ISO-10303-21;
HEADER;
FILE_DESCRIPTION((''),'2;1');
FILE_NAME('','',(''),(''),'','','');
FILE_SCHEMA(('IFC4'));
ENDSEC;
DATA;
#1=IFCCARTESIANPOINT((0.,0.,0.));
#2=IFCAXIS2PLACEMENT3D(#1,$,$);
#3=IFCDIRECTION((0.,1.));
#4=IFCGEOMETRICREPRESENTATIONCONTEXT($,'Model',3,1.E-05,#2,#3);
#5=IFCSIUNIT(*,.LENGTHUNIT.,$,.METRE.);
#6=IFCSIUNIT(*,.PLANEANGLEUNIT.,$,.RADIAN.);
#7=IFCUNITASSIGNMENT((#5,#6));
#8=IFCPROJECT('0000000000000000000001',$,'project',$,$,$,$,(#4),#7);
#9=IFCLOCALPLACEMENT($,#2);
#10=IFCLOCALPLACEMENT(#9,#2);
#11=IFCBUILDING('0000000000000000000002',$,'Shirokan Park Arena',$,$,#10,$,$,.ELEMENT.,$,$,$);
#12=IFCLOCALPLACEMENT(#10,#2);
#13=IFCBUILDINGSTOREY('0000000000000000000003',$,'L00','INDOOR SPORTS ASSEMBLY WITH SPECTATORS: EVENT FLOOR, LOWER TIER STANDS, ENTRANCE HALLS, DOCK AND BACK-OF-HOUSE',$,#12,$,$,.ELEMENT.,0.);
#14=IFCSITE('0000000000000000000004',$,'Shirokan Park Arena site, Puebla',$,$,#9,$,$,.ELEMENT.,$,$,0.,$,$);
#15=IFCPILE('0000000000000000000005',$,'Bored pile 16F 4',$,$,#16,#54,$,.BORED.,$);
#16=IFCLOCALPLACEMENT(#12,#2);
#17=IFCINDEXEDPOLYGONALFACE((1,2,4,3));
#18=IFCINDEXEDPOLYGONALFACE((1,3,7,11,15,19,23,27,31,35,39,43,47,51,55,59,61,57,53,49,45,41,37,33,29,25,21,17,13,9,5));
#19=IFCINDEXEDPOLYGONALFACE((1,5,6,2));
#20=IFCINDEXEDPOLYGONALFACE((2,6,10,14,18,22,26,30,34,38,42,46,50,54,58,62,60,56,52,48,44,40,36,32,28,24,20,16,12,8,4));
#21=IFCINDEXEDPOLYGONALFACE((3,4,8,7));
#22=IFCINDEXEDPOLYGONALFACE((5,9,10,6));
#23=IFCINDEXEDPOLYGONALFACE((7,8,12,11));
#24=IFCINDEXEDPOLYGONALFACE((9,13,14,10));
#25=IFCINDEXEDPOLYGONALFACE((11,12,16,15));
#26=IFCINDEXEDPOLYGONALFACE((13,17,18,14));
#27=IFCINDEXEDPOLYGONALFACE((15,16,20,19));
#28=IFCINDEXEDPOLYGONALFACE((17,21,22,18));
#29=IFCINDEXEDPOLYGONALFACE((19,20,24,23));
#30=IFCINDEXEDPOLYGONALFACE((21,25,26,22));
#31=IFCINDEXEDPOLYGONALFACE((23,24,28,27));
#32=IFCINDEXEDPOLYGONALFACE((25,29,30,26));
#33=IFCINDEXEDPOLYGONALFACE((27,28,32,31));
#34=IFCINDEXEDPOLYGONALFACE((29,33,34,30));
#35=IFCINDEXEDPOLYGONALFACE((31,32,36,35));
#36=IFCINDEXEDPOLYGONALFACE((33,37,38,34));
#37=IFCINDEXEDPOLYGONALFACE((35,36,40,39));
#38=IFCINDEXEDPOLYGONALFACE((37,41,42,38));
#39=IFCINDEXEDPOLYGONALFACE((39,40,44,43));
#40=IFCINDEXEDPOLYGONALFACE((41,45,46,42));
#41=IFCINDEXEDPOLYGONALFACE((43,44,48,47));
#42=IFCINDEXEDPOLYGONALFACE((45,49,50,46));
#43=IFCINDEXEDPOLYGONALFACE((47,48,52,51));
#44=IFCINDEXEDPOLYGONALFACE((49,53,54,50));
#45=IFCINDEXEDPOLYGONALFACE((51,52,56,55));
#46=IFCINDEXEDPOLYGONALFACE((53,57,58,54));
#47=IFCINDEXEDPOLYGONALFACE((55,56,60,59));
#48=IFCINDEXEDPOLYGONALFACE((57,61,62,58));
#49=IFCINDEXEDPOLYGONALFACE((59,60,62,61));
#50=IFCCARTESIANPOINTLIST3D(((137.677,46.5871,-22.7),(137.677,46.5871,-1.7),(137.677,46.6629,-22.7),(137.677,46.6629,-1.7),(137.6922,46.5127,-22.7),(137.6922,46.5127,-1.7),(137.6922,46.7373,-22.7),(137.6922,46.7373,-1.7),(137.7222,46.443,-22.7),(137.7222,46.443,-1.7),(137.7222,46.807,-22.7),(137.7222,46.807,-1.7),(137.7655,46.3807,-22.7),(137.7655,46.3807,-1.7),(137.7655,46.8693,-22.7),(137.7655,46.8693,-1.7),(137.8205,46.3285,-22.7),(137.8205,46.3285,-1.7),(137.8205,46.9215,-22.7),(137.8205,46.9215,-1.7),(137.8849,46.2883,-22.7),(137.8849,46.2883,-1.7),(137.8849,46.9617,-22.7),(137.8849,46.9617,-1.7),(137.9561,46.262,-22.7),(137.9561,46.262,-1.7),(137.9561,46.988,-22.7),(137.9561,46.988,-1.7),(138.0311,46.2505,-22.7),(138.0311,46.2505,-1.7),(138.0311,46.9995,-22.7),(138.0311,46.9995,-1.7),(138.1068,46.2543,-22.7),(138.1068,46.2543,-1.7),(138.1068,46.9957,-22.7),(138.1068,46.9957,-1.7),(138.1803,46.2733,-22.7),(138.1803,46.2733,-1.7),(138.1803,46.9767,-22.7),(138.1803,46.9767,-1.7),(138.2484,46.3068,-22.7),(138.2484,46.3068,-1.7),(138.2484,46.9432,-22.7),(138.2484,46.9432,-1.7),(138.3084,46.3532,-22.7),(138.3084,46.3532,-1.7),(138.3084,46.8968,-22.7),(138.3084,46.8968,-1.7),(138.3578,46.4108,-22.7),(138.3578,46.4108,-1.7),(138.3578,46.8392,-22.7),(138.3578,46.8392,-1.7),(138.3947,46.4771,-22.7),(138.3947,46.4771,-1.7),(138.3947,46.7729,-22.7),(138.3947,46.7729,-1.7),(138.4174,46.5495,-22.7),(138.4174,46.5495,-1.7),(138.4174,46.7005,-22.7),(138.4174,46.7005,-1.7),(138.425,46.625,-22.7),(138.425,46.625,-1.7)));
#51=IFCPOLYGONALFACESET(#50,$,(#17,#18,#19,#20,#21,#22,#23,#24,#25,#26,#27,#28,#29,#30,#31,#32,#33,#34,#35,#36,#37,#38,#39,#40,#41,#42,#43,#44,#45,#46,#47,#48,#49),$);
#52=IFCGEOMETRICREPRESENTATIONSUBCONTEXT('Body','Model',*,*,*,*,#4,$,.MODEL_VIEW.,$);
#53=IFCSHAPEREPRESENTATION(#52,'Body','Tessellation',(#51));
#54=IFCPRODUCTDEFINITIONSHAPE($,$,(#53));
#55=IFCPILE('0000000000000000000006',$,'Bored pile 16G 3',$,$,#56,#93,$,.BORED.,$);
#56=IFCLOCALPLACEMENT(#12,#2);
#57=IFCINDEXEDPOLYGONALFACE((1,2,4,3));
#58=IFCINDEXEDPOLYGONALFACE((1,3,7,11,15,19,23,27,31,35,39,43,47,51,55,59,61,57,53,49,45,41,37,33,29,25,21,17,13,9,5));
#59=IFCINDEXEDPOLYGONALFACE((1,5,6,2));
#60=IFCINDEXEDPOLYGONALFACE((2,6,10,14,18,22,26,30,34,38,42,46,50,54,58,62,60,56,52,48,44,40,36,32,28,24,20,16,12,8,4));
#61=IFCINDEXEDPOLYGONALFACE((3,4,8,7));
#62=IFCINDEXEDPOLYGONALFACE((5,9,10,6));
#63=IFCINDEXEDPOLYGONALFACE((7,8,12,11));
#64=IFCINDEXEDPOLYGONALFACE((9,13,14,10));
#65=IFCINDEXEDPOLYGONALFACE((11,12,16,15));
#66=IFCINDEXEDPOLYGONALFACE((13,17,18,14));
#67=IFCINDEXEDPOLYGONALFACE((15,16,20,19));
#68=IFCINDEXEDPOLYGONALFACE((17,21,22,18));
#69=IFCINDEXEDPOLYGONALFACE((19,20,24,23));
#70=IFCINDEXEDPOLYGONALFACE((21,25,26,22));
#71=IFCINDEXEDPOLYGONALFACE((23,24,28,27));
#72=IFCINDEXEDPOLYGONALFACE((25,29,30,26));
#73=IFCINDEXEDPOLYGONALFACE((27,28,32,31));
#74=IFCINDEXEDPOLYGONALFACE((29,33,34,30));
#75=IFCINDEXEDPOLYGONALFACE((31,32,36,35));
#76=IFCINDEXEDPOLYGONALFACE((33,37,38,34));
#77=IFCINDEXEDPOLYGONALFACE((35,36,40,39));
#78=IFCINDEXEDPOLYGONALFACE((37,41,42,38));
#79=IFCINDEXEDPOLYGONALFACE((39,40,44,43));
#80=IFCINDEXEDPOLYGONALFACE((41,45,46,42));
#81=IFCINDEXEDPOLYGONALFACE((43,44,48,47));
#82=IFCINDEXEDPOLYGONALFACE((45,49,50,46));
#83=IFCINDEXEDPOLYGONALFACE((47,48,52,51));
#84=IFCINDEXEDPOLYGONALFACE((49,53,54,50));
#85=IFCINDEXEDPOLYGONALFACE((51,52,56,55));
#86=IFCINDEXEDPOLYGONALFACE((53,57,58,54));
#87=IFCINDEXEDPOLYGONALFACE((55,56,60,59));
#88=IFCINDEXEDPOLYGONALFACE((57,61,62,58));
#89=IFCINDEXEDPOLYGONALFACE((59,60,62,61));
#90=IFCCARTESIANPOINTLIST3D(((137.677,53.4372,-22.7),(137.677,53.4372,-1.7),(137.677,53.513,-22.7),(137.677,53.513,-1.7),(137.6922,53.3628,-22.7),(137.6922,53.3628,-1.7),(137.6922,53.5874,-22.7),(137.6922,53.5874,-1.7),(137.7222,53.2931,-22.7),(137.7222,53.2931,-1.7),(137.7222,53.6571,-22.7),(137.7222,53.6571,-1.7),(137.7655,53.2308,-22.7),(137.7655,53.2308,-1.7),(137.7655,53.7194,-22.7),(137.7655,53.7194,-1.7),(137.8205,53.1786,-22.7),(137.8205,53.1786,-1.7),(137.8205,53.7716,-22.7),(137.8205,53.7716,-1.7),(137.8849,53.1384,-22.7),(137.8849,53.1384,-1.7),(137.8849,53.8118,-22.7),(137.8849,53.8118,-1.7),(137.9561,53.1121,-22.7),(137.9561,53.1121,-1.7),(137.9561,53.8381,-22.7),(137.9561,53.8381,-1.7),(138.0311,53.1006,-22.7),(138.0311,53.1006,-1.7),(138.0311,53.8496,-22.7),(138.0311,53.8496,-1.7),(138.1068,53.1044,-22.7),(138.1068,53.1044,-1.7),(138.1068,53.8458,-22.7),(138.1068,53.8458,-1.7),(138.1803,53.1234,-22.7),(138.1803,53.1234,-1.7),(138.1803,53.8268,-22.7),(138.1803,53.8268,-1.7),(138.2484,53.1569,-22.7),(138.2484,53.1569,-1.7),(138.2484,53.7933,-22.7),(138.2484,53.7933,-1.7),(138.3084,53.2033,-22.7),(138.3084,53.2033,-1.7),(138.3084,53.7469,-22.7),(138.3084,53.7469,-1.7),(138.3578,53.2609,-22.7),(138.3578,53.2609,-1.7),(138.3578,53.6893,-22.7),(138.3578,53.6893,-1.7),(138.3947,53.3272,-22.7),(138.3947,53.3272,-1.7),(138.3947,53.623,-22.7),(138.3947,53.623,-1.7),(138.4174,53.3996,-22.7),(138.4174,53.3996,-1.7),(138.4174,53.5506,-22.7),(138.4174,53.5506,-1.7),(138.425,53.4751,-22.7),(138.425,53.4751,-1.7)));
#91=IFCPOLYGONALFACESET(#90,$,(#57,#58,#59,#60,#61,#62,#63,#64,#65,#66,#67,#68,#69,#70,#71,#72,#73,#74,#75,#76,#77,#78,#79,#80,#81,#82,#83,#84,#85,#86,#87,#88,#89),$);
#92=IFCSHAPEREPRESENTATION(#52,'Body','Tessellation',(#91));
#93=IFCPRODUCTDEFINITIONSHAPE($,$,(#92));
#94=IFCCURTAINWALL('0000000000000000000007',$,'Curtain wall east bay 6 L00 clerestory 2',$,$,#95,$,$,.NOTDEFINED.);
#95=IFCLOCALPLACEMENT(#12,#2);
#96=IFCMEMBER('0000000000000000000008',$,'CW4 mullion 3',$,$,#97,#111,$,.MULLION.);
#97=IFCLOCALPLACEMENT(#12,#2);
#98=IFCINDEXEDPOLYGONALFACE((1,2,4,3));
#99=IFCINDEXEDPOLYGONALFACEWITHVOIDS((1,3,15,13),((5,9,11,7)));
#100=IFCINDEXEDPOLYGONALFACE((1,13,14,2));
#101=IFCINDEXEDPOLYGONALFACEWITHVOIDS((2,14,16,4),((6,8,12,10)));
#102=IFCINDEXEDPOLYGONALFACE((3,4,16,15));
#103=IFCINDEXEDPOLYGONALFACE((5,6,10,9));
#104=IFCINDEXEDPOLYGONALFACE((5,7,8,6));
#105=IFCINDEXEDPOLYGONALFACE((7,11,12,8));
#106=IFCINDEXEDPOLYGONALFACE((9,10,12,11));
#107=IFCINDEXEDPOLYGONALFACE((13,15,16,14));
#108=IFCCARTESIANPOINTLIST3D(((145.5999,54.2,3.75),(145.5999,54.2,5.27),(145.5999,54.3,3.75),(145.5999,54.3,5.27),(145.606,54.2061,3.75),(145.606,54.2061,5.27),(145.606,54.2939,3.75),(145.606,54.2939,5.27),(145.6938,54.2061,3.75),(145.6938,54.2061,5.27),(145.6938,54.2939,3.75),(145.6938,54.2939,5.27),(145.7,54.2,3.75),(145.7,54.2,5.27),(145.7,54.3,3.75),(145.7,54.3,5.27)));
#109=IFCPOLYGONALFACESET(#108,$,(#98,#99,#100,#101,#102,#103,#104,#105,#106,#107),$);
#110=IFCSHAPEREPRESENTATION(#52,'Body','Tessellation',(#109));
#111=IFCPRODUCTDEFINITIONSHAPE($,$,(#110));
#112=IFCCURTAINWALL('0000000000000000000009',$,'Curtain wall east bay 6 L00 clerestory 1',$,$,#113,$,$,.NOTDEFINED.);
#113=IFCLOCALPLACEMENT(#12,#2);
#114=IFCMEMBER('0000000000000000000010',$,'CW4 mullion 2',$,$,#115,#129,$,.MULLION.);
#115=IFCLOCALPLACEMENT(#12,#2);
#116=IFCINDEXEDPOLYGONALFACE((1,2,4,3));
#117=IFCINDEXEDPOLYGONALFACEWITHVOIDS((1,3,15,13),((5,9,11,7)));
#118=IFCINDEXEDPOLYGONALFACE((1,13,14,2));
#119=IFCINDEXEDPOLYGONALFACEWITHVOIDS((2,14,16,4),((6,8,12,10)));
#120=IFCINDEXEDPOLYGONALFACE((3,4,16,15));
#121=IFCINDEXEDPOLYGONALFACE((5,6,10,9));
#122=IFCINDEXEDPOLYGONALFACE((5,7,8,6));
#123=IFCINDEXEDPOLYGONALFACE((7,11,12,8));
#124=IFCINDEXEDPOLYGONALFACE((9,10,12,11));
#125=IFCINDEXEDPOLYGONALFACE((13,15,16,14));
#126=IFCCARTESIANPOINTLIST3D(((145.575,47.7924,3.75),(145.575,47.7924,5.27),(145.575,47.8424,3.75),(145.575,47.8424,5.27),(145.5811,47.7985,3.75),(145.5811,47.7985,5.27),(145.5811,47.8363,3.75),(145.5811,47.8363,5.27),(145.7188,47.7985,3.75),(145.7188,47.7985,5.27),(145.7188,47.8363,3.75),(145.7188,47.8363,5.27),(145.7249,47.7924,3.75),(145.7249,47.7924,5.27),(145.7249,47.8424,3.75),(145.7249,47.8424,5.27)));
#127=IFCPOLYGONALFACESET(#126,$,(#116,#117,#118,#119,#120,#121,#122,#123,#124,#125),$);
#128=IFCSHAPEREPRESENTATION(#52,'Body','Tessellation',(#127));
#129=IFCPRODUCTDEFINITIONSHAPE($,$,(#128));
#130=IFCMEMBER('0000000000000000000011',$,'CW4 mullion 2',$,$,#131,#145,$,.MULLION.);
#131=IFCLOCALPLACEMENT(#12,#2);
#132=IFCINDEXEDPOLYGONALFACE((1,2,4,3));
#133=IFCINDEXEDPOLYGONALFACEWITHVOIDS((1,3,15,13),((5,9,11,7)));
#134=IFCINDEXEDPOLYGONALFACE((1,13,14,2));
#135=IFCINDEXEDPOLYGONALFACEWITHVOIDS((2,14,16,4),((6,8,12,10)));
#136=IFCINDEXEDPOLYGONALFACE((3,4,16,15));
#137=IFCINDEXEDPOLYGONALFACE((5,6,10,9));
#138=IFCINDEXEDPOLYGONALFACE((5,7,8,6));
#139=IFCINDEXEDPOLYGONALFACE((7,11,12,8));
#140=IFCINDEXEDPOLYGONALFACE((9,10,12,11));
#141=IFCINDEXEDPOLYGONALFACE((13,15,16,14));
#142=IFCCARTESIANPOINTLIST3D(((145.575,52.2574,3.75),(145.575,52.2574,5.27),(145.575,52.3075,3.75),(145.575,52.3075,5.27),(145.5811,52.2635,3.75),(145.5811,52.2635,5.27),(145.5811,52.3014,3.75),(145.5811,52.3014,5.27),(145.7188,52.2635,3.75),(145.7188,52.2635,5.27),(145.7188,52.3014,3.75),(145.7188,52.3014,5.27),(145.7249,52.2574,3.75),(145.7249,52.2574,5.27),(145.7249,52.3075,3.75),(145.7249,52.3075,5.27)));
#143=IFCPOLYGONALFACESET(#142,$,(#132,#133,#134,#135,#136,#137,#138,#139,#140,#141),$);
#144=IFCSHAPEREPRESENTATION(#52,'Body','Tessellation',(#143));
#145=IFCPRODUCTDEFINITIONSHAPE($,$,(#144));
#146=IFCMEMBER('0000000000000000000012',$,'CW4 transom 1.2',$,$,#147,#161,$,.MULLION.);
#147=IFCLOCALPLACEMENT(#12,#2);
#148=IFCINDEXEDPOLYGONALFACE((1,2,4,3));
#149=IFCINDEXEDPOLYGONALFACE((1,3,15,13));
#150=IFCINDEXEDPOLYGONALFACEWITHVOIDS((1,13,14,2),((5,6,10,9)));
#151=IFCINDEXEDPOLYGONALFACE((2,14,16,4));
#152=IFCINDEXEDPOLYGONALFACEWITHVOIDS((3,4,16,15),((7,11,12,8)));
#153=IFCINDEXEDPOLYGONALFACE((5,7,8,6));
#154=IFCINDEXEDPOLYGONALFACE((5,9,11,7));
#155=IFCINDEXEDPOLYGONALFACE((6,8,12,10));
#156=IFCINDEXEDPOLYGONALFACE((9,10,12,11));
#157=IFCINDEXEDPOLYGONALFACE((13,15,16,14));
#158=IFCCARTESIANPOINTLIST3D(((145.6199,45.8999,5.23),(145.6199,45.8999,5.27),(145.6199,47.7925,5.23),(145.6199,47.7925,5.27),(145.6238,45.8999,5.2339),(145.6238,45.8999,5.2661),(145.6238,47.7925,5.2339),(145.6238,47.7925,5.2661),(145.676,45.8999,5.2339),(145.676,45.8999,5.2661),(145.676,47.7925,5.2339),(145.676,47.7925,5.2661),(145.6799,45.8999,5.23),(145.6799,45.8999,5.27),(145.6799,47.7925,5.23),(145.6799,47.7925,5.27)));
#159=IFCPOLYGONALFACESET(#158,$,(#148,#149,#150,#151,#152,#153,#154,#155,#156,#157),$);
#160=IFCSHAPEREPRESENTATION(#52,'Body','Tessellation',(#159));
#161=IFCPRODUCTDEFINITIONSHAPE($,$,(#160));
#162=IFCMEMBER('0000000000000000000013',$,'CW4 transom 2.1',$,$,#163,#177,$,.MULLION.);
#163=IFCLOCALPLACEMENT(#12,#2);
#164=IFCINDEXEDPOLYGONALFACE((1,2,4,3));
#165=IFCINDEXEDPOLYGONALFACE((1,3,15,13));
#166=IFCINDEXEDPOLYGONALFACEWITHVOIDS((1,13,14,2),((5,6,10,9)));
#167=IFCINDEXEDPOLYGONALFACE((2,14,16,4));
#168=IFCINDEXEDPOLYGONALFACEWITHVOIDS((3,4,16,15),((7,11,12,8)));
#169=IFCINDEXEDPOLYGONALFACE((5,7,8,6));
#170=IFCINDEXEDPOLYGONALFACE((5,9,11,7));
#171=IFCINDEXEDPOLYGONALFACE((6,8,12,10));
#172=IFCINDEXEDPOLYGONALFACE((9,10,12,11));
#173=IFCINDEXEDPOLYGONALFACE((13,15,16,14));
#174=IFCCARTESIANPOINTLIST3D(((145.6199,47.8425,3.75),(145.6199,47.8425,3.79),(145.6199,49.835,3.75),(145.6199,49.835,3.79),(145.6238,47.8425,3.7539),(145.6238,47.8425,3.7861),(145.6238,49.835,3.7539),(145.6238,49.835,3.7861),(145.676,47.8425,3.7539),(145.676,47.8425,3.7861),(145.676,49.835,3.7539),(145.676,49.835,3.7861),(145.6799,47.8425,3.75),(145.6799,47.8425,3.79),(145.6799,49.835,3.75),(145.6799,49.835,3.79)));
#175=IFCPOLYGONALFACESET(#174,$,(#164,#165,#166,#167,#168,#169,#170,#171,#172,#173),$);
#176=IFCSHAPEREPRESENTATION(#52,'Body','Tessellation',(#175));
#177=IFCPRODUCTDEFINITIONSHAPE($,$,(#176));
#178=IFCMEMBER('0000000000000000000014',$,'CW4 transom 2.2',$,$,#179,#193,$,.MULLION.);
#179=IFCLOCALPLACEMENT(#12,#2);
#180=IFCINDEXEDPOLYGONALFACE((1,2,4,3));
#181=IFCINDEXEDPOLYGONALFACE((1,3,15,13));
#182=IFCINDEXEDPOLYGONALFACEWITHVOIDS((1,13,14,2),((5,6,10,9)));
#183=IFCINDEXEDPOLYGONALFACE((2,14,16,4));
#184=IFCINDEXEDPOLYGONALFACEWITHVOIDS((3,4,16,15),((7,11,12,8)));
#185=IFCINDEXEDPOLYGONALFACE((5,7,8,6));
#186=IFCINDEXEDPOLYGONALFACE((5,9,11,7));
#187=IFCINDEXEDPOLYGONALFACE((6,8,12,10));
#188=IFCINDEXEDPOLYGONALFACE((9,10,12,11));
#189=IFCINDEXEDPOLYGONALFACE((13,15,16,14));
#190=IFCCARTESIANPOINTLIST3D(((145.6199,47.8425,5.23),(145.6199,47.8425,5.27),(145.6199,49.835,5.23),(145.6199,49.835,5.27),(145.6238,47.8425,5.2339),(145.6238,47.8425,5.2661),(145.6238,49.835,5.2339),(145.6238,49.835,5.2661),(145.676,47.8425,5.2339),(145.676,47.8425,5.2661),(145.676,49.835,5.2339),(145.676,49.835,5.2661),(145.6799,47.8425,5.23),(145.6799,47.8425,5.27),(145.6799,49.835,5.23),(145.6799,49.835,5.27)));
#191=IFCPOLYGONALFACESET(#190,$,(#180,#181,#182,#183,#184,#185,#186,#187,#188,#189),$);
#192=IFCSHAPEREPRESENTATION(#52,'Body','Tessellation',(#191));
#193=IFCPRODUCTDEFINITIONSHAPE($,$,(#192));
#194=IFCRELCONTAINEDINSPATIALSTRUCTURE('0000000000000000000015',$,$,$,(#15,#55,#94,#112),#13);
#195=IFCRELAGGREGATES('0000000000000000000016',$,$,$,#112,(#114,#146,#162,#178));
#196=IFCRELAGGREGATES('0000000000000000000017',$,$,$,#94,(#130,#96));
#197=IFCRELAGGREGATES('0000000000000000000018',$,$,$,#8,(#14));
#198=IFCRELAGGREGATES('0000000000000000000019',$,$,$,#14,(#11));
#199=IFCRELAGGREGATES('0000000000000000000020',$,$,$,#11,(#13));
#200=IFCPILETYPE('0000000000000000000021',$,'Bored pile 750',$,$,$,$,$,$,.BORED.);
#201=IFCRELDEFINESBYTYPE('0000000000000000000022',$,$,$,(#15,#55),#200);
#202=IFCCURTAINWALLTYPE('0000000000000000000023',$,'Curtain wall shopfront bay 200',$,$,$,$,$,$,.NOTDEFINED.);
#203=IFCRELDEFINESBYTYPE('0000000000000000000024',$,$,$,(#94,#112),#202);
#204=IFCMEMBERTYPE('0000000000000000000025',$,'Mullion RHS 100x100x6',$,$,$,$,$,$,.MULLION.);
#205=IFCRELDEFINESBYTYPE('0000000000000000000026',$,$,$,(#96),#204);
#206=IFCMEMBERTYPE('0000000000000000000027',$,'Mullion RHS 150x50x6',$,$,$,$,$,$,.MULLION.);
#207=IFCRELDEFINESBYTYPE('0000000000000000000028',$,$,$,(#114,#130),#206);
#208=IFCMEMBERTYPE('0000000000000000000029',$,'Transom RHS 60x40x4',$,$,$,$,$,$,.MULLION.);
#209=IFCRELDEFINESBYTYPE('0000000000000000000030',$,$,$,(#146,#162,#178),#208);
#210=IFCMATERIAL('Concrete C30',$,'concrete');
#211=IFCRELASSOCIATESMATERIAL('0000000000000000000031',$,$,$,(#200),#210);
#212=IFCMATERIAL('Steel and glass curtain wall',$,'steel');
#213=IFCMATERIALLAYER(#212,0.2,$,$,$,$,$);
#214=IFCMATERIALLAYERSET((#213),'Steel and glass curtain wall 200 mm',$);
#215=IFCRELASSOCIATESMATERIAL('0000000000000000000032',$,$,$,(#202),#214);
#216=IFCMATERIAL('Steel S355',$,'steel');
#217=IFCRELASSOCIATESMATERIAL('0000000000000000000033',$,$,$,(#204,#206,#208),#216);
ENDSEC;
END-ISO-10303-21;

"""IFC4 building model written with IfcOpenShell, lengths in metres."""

from ifc_helpers import new_model, si_unit, direction, frame, origin, origin_2d, place, context, subcontext, project, spatial, hollow_rectangle, circle, extrude, material, layer, layer_set, material_profile, profile_set, type_object, element, aggregate, save


model = new_model("IFC4")

# Units and contexts
model_context = context("Model", 3, precision=1e-05, world=origin(), true_north=direction((0.0, 1.0)))
body_context = subcontext(model_context, "Body", "Model", "MODEL_VIEW")
ifc_project = project(units=[si_unit("LENGTHUNIT", "METRE"), si_unit("PLANEANGLEUNIT", "RADIAN")], contexts=[model_context])

# Site, building, storey
site_placement = place(None, origin())
site = spatial("IfcSite", under=ifc_project, at=site_placement, Name="Shirokan Park Arena site, Puebla", CompositionType="ELEMENT", RefElevation=0.0)
building_placement = place(site_placement, origin())
building = spatial("IfcBuilding", under=site, at=building_placement, Name="Shirokan Park Arena", CompositionType="ELEMENT")
storey_placement = place(building_placement, origin())
storey = spatial("IfcBuildingStorey", under=building, at=storey_placement, Name="L00", Description="INDOOR SPORTS ASSEMBLY WITH SPECTATORS: EVENT FLOOR, LOWER TIER STANDS, ENTRANCE HALLS, DOCK AND BACK-OF-HOUSE", CompositionType="ELEMENT", Elevation=0.0)

# Piles
ifc_material_1 = material(Name="Concrete C30", Category="concrete")
ifc_material_profile_1 = material_profile(ifc_material_1, circle(Radius=0.375, at=origin_2d()), Name="D750")
ifc_profile_set_1 = profile_set([ifc_material_profile_1], Name="Concrete C30")
pile_type = type_object("IfcPileType", Name="Bored pile 750", PredefinedType="BORED", material=ifc_profile_set_1)
for number, where, z_axis, x_axis, name in (
    (1, (138.05, 46.625, -1.7), (0.0, 0.0, -1.0), (1.0, 0.0, 0.0), "Bored pile 16F 4"),
    (2, (138.05, 53.4751, -1.7), (0.0, 0.0, -1.0), (1.0, 0.0, 0.0), "Bored pile 16G 3"),
):
    element("IfcPile", number, at=place(storey_placement, frame(where, z_axis=z_axis, x_axis=x_axis)), inside=storey, type_object=pile_type, Name=name, PredefinedType="BORED", context=body_context, shape_type="SweptSolid", body=[
        extrude(circle(Radius=0.375, at=origin_2d()), origin(), (0.0, 0.0, 1.0), 21.0),
    ])

# Curtain walls, members
ifc_material_2 = material(Name="Steel and glass curtain wall", Category="steel")
ifc_layer_1 = layer(ifc_material_2, 0.2)
ifc_layer_set_1 = layer_set([ifc_layer_1], Name="Steel and glass curtain wall 200 mm")
curtain_wall_type = type_object("IfcCurtainWallType", Name="Curtain wall shopfront bay 200", PredefinedType="NOTDEFINED", material=ifc_layer_set_1)
curtain_wall_1_placement = place(storey_placement, origin())
curtain_wall_1 = element("IfcCurtainWall", 3, at=curtain_wall_1_placement, inside=storey, type_object=curtain_wall_type, Name="Curtain wall east bay 6 L00 clerestory 2", PredefinedType="NOTDEFINED")
ifc_material_3 = material(Name="Steel S355", Category="steel")
ifc_material_profile_2 = material_profile(ifc_material_3, hollow_rectangle(XDim=0.1001, YDim=0.1001, WallThickness=0.0061, at=origin_2d()), Name="RHS 100x100x6")
ifc_profile_set_2 = profile_set([ifc_material_profile_2], Name="Steel S355")
member_type_1 = type_object("IfcMemberType", Name="Mullion RHS 100x100x6", PredefinedType="MULLION", material=ifc_profile_set_2)
member_1_placement = place(storey_placement, frame((145.6499, 54.25, 3.75), z_axis=(0.0, 0.0, 1.0), x_axis=(-1.0, 0.0, 0.0)))
member_1 = element("IfcMember", 4, at=member_1_placement, type_object=member_type_1, Name="CW4 mullion 3", PredefinedType="MULLION", context=body_context, shape_type="SweptSolid", body=[
    extrude(hollow_rectangle(XDim=0.1001, YDim=0.1001, WallThickness=0.0061, at=origin_2d()), origin(), (0.0, 0.0, 1.0), 1.52),
])
curtain_wall_2_placement = place(storey_placement, origin())
curtain_wall_2 = element("IfcCurtainWall", 5, at=curtain_wall_2_placement, inside=storey, type_object=curtain_wall_type, Name="Curtain wall east bay 6 L00 clerestory 1", PredefinedType="NOTDEFINED")
ifc_material_profile_3 = material_profile(ifc_material_3, hollow_rectangle(XDim=0.1499, YDim=0.05, WallThickness=0.0061, at=origin_2d()), Name="RHS 150x50x6")
ifc_profile_set_3 = profile_set([ifc_material_profile_3], Name="Steel S355")
member_type_2 = type_object("IfcMemberType", Name="Mullion RHS 150x50x6", PredefinedType="MULLION", material=ifc_profile_set_3)
member_2_placement = place(storey_placement, frame((145.6499, 47.8174, 3.75), z_axis=(0.0, 0.0, 1.0), x_axis=(-1.0, 0.0, 0.0)))
member_2 = element("IfcMember", 6, at=member_2_placement, type_object=member_type_2, Name="CW4 mullion 2", PredefinedType="MULLION", context=body_context, shape_type="SweptSolid", body=[
    extrude(hollow_rectangle(XDim=0.1499, YDim=0.05, WallThickness=0.0061, at=origin_2d()), origin(), (0.0, 0.0, 1.0), 1.52),
])

# Members
member_3_placement = place(storey_placement, frame((145.6499, 52.2825, 3.75), z_axis=(0.0, 0.0, 1.0), x_axis=(-1.0, 0.0, 0.0)))
member_3 = element("IfcMember", 7, at=member_3_placement, type_object=member_type_2, Name="CW4 mullion 2", PredefinedType="MULLION", context=body_context, shape_type="SweptSolid", body=[
    extrude(hollow_rectangle(XDim=0.1499, YDim=0.05, WallThickness=0.0061, at=origin_2d()), origin(), (0.0, 0.0, 1.0), 1.52),
])
ifc_material_profile_4 = material_profile(ifc_material_3, hollow_rectangle(XDim=0.0601, YDim=0.04, WallThickness=0.0039, at=origin_2d()), Name="RHS 60x40x4")
ifc_profile_set_4 = profile_set([ifc_material_profile_4], Name="Steel S355")
member_type_3 = type_object("IfcMemberType", Name="Transom RHS 60x40x4", PredefinedType="MULLION", material=ifc_profile_set_4)
member_4_placement = place(storey_placement, frame((145.6499, 45.8999, 5.25), z_axis=(0.0, 1.0, 0.0), x_axis=(-1.0, 0.0, 0.0)))
member_4 = element("IfcMember", 8, at=member_4_placement, type_object=member_type_3, Name="CW4 transom 1.2", PredefinedType="MULLION", context=body_context, shape_type="SweptSolid", body=[
    extrude(hollow_rectangle(XDim=0.0601, YDim=0.04, WallThickness=0.0039, at=origin_2d()), origin(), (0.0, 0.0, 1.0), 1.8926),
])
member_5_placement = place(storey_placement, frame((145.6499, 47.8425, 3.77), z_axis=(0.0, 1.0, 0.0), x_axis=(-1.0, 0.0, 0.0)))
member_5 = element("IfcMember", 9, at=member_5_placement, type_object=member_type_3, Name="CW4 transom 2.1", PredefinedType="MULLION", context=body_context, shape_type="SweptSolid", body=[
    extrude(hollow_rectangle(XDim=0.0601, YDim=0.04, WallThickness=0.0039, at=origin_2d()), origin(), (0.0, 0.0, 1.0), 1.9924),
])
member_6_placement = place(storey_placement, frame((145.6499, 47.8425, 5.25), z_axis=(0.0, 1.0, 0.0), x_axis=(-1.0, 0.0, 0.0)))
member_6 = element("IfcMember", 10, at=member_6_placement, type_object=member_type_3, Name="CW4 transom 2.2", PredefinedType="MULLION", context=body_context, shape_type="SweptSolid", body=[
    extrude(hollow_rectangle(XDim=0.0601, YDim=0.04, WallThickness=0.0039, at=origin_2d()), origin(), (0.0, 0.0, 1.0), 1.9924),
])

aggregate(curtain_wall_2, [member_2, member_4, member_5, member_6])
aggregate(curtain_wall_1, [member_3, member_1])

save(model, "model.ifc")
